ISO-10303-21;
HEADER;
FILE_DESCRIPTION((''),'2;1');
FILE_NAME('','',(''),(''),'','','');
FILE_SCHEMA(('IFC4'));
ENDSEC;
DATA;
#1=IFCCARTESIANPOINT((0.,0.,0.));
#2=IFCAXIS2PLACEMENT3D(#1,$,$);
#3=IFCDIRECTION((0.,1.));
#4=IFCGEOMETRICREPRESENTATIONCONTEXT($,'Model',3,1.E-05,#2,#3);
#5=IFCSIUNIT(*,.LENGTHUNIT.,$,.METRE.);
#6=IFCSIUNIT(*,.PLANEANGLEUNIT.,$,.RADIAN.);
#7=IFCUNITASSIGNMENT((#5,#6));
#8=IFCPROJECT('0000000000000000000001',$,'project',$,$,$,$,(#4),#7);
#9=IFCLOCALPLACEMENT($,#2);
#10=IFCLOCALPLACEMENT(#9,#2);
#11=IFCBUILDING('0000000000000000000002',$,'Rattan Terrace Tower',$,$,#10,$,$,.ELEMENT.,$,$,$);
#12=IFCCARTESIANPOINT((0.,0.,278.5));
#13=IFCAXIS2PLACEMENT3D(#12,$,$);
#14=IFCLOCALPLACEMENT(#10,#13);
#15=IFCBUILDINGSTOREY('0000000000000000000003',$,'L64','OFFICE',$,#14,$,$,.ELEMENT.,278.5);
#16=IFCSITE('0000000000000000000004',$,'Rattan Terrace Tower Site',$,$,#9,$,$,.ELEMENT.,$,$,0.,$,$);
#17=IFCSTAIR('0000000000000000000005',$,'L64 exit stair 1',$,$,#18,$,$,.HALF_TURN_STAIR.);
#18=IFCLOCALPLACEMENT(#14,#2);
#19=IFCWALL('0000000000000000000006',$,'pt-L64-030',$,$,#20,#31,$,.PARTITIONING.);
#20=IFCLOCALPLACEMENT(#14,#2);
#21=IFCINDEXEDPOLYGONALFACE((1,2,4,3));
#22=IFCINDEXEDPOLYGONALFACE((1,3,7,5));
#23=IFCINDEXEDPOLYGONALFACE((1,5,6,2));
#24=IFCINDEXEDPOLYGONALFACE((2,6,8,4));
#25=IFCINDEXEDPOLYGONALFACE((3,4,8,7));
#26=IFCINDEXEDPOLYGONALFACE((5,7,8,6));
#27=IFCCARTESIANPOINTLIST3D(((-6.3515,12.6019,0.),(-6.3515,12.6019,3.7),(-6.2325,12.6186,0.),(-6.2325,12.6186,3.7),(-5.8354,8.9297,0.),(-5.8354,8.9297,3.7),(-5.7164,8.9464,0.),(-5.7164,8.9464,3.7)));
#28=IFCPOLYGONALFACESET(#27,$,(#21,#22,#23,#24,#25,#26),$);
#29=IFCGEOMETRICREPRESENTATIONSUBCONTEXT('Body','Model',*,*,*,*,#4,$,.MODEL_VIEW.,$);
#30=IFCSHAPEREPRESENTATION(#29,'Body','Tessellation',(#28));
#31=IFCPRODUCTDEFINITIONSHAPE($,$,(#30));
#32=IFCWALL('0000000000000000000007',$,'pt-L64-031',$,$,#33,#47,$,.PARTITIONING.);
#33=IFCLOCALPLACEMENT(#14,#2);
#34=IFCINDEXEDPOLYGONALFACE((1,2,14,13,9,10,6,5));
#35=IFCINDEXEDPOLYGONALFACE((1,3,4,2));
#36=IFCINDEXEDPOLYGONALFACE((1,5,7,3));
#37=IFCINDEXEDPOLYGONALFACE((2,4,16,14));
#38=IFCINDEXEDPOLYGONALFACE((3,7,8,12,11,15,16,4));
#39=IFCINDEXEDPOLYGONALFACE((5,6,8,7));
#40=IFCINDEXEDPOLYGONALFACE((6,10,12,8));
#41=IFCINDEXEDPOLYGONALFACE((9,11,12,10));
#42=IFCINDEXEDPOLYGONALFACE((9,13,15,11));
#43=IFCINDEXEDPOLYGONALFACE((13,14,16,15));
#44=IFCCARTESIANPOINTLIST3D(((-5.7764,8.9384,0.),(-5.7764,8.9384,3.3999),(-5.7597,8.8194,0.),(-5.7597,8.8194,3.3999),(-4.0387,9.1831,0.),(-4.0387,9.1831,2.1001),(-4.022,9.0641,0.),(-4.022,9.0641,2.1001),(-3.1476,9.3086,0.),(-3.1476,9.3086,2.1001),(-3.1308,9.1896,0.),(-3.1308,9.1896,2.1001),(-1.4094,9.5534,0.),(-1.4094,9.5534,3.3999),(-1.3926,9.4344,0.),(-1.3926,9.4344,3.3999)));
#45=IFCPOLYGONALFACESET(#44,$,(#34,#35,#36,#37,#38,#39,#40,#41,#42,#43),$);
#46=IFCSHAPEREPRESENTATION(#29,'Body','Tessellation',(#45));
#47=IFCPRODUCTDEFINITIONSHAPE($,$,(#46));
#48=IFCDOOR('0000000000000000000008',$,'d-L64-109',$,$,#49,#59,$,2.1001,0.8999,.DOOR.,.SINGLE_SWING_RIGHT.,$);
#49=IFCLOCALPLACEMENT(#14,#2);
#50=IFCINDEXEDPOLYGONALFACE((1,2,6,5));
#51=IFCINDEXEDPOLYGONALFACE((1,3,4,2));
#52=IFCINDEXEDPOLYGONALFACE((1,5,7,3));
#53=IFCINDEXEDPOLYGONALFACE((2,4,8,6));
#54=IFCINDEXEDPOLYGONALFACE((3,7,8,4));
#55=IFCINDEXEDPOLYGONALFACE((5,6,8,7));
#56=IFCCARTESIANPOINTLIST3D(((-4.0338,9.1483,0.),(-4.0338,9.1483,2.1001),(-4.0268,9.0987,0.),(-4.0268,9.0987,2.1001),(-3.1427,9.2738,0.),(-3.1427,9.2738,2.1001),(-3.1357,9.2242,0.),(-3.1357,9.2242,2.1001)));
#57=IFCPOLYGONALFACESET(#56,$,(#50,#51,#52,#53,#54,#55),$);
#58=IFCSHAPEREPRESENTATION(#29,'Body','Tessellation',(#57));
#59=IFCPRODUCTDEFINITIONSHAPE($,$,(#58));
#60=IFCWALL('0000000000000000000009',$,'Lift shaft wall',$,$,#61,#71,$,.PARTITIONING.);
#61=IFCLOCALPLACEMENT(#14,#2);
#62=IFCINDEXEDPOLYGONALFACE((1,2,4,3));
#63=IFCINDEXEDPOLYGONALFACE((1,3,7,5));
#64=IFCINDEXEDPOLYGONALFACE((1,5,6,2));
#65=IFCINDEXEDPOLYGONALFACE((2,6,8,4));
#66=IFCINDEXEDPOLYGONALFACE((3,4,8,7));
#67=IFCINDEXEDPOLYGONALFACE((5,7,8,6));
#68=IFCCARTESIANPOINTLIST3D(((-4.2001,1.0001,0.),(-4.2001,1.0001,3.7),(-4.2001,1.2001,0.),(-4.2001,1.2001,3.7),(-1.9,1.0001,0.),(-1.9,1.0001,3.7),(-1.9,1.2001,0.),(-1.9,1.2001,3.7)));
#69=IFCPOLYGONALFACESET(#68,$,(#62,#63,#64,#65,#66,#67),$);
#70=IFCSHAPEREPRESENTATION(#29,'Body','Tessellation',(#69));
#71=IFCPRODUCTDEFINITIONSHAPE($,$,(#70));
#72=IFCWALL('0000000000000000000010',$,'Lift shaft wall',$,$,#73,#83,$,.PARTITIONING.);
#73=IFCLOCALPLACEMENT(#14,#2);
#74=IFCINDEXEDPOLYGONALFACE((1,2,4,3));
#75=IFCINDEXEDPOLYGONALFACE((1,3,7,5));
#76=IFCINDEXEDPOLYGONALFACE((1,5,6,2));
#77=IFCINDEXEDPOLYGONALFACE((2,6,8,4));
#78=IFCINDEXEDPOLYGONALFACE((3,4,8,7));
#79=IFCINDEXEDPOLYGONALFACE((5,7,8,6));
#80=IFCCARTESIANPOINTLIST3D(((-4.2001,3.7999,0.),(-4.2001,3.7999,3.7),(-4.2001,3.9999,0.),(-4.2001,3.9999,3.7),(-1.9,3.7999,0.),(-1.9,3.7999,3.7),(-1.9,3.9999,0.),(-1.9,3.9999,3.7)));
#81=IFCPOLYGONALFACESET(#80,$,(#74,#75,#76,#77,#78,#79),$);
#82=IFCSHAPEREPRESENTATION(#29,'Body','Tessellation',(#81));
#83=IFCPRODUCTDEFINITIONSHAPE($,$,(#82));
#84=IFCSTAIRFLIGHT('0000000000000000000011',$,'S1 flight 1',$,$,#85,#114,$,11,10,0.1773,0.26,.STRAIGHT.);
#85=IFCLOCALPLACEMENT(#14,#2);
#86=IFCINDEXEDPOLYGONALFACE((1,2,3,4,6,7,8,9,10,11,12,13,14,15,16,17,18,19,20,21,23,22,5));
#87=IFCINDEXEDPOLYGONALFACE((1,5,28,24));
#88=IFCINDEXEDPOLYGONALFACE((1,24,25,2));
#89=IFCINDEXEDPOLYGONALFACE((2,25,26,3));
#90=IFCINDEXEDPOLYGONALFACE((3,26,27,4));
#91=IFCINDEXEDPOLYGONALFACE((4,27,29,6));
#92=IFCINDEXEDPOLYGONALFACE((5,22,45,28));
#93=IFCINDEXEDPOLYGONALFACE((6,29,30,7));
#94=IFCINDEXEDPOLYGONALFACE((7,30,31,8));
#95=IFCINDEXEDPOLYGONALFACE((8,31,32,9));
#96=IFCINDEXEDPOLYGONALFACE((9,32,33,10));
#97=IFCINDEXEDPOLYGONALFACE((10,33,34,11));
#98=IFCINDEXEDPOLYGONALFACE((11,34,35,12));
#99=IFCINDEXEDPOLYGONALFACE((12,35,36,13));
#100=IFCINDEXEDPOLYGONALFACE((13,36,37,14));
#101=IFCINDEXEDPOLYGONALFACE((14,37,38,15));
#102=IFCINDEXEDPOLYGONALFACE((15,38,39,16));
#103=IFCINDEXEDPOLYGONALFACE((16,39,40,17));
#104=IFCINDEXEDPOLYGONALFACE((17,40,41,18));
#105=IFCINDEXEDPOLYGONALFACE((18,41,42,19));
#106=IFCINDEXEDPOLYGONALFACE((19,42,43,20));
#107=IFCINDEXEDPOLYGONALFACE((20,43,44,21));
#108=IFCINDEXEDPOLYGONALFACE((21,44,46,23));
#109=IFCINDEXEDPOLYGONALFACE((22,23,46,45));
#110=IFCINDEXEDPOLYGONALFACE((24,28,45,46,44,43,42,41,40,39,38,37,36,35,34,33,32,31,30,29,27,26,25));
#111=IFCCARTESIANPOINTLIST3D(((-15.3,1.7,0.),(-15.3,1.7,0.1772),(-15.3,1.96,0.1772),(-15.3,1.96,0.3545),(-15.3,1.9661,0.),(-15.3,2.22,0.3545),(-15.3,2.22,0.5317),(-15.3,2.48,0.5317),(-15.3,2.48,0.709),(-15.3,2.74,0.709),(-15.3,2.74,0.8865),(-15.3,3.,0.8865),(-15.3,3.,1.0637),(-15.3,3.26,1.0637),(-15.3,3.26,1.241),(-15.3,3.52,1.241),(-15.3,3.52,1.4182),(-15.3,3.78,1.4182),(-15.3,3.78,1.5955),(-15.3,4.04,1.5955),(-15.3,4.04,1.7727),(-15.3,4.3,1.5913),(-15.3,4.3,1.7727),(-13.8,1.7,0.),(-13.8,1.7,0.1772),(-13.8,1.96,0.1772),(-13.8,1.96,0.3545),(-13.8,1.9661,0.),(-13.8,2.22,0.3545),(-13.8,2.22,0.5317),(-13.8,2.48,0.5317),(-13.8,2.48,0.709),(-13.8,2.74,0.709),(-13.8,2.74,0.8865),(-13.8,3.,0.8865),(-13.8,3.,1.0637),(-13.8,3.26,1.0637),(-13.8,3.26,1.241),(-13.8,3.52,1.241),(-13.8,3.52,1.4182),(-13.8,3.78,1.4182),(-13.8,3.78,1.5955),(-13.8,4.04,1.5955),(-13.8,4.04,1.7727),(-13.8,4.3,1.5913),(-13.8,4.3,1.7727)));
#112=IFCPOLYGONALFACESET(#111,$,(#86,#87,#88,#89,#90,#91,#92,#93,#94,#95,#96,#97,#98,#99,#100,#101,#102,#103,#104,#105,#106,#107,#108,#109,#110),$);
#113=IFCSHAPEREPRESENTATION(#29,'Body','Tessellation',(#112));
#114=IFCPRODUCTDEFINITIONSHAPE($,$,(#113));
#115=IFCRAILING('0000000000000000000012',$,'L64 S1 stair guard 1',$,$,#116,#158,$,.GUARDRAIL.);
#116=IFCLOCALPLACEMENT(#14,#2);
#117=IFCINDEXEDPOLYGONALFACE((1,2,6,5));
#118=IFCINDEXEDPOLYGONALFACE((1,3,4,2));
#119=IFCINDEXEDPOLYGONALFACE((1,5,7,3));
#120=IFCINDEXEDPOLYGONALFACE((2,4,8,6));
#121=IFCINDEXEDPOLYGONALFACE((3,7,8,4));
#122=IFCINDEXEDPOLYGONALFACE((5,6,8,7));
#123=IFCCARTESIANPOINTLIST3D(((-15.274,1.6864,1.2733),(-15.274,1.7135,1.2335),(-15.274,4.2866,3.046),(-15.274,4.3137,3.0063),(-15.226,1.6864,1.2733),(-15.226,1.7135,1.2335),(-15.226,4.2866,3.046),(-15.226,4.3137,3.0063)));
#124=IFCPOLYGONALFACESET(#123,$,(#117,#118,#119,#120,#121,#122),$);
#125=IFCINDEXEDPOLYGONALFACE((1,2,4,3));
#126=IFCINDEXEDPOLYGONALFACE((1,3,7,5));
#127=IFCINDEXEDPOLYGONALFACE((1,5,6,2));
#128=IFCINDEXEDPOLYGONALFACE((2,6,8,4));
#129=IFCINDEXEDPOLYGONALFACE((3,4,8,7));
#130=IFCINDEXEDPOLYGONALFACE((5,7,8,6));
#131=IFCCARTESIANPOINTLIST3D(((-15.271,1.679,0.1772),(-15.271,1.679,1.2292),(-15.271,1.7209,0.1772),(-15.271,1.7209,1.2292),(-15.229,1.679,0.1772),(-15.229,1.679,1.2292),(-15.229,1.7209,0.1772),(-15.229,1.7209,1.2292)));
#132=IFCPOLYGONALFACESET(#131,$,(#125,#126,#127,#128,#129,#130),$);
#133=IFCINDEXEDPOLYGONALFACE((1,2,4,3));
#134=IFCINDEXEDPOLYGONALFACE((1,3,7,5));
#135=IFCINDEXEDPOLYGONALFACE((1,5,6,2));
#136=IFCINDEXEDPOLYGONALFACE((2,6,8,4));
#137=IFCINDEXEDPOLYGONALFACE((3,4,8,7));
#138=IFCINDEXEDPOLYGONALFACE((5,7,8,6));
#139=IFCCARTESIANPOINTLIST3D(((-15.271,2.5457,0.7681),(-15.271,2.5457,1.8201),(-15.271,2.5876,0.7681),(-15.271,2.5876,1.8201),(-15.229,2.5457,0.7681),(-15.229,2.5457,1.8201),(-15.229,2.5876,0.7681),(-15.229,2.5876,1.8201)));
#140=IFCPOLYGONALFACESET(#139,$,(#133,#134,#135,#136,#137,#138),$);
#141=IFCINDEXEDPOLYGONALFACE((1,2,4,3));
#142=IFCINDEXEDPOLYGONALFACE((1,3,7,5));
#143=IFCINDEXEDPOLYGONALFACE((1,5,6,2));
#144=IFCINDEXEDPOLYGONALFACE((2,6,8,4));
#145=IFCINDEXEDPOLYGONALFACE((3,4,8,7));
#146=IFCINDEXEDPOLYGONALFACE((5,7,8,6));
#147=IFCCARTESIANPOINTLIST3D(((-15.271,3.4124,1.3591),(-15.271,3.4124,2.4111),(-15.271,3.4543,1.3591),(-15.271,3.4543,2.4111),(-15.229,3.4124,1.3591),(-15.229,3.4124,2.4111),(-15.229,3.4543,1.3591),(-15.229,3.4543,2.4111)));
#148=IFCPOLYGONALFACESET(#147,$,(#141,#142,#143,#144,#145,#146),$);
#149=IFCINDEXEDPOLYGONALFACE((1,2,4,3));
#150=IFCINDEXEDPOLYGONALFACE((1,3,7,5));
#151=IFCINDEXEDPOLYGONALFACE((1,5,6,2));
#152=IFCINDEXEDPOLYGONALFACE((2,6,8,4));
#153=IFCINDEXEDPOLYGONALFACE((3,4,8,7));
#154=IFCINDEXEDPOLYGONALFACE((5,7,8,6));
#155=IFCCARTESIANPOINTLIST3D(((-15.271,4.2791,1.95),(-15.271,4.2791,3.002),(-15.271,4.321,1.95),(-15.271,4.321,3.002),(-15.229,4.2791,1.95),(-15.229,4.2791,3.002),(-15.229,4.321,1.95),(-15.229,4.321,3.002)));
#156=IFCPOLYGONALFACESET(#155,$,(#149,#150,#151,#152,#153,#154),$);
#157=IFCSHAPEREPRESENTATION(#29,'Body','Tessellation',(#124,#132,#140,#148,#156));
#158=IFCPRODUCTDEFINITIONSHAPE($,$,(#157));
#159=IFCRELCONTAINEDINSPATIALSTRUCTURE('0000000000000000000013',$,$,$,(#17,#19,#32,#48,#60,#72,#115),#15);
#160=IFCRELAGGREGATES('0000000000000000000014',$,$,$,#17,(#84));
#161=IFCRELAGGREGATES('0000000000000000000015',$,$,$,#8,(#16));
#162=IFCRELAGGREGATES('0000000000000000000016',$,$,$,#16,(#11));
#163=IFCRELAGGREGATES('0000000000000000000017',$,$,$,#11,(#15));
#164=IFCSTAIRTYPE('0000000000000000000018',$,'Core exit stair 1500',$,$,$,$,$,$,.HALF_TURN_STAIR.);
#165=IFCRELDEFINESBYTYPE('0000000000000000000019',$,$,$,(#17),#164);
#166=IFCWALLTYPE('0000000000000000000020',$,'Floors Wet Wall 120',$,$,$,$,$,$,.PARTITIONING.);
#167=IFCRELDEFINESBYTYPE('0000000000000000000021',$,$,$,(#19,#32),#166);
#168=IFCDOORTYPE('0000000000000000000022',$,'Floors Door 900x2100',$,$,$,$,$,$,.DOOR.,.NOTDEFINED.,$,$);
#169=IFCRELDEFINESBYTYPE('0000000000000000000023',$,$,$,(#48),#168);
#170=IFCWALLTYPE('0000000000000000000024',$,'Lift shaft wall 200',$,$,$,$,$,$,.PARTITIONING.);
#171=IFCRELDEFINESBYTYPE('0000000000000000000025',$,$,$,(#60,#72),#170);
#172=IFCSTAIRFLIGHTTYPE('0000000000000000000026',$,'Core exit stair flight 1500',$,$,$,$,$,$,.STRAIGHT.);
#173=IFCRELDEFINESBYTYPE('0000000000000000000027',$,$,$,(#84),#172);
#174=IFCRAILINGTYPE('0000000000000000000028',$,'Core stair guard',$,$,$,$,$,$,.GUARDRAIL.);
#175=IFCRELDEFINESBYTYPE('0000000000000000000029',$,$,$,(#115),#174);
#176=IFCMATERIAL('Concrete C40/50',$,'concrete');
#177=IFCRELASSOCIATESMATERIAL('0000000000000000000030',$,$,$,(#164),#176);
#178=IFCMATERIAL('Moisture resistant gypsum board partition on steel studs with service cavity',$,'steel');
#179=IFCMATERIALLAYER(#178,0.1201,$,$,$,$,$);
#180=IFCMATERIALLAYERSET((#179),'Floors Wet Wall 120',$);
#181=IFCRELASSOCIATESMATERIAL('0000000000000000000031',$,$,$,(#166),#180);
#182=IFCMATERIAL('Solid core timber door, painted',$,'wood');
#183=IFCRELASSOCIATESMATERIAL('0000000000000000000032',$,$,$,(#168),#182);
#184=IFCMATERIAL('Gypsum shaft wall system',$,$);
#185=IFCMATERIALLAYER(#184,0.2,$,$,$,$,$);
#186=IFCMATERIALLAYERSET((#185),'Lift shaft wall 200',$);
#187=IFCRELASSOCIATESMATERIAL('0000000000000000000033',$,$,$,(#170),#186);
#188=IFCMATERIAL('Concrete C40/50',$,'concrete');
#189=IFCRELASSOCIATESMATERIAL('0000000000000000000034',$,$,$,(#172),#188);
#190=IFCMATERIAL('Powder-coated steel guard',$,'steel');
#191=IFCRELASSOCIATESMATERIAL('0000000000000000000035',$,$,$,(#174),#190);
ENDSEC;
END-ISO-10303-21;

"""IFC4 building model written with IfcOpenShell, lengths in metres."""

from ifc_helpers import new_model, si_unit, direction, frame, frame_2d, origin, origin_2d, place, context, subcontext, project, spatial, polyline, rectangle, outline, extrude, material, layer, layer_set, type_object, element, fill, aggregate, save


model = new_model("IFC4")

# Units and contexts
model_context = context("Model", 3, precision=1e-05, world=origin(), true_north=direction((0.0, 1.0)))
body_context = subcontext(model_context, "Body", "Model", "MODEL_VIEW")
ifc_project = project(units=[si_unit("LENGTHUNIT", "METRE"), si_unit("PLANEANGLEUNIT", "RADIAN")], contexts=[model_context])

# Site, building, storey
site_placement = place(None, origin())
site = spatial("IfcSite", under=ifc_project, at=site_placement, Name="Rattan Terrace Tower Site", CompositionType="ELEMENT", RefElevation=0.0)
building_placement = place(site_placement, origin())
building = spatial("IfcBuilding", under=site, at=building_placement, Name="Rattan Terrace Tower", CompositionType="ELEMENT")
storey_placement = place(building_placement, frame((0.0, 0.0, 278.5)))
storey = spatial("IfcBuildingStorey", under=building, at=storey_placement, Name="L64", Description="OFFICE", CompositionType="ELEMENT", Elevation=278.5)

# Stair
ifc_material_1 = material(Name="Concrete C40/50", Category="concrete")
stair_type = type_object("IfcStairType", Name="Core exit stair 1500", PredefinedType="HALF_TURN_STAIR", material=ifc_material_1)
stair_1_placement = place(storey_placement, origin())
stair_1 = element("IfcStair", 1, at=stair_1_placement, inside=storey, type_object=stair_type, Name="L64 exit stair 1", PredefinedType="HALF_TURN_STAIR")

# Wall
ifc_material_2 = material(Name="Moisture resistant gypsum board partition on steel studs with service cavity", Category="steel")
ifc_layer_1 = layer(ifc_material_2, 0.1201)
ifc_layer_set_1 = layer_set([ifc_layer_1], Name="Floors Wet Wall 120")
wall_type_1 = type_object("IfcWallType", Name="Floors Wet Wall 120", PredefinedType="PARTITIONING", material=ifc_layer_set_1)
wall_1_placement = place(storey_placement, frame((-6.292, 12.6101, 0.0), z_axis=(0.0, 0.0, 1.0), x_axis=(0.139181, -0.990267, 0.0)))
element("IfcWall", 2, at=wall_1_placement, inside=storey, type_object=wall_type_1, Name="pt-L64-030", PredefinedType="PARTITIONING", context=body_context, shape_type="SweptSolid", body=[
    extrude(rectangle(XDim=3.7083, YDim=0.1201, at=frame_2d((1.854, 0.0))), origin(), (0.0, 0.0, 1.0), 3.7),
])

# Wall, opening, door
wall_2_placement = place(storey_placement, frame((-5.7681, 8.8789, 0.0), z_axis=(0.0, 0.0, 1.0), x_axis=(0.99023, 0.139445, 0.0)))
wall_2 = element("IfcWall", 3, at=wall_2_placement, inside=storey, type_object=wall_type_1, Name="pt-L64-031", PredefinedType="PARTITIONING", context=body_context, shape_type="SweptSolid", body=[
    extrude(rectangle(XDim=4.4102, YDim=0.1201, at=frame_2d((2.2051, 0.0))), origin(), (0.0, 0.0, 1.0), 3.3999),
])
opening_placement = place(wall_2_placement, frame((1.7549, 0.0, 0.0)))
opening = element("IfcOpeningElement", 4, at=opening_placement, cuts=wall_2, PredefinedType="OPENING", context=body_context, shape_type="SweptSolid", body=[
    extrude(rectangle(XDim=0.8999, YDim=2.1001, at=frame_2d((0.45, 1.05))), frame((0.0, 0.0706, 0.0), z_axis=(0.0, -1.0, 0.0), x_axis=(1.0, 0.0, 0.0)), (0.0, 0.0, 1.0), 0.1411),
])
ifc_material_3 = material(Name="Solid core timber door, painted", Category="wood")
door_type = type_object("IfcDoorType", Name="Floors Door 900x2100", OperationType="NOTDEFINED", PredefinedType="DOOR", material=ifc_material_3)
door_placement = place(opening_placement, origin())
door = element("IfcDoor", 5, at=door_placement, inside=storey, type_object=door_type, Name="d-L64-109", OperationType="SINGLE_SWING_RIGHT", OverallHeight=2.1001, OverallWidth=0.8999, PredefinedType="DOOR", context=body_context, shape_type="SweptSolid", body=[
    extrude(rectangle(XDim=0.8999, YDim=2.1001, at=frame_2d((0.45, 1.05))), frame((0.0, 0.0249, 0.0), z_axis=(0.0, -1.0, 0.0), x_axis=(1.0, 0.0, 0.0)), (0.0, 0.0, 1.0), 0.05),
])
fill(opening, door)

# Walls
ifc_material_4 = material(Name="Gypsum shaft wall system")
ifc_layer_2 = layer(ifc_material_4, 0.2)
ifc_layer_set_2 = layer_set([ifc_layer_2], Name="Lift shaft wall 200")
wall_type_2 = type_object("IfcWallType", Name="Lift shaft wall 200", PredefinedType="PARTITIONING", material=ifc_layer_set_2)
for number, where, z_axis, x_axis, name in (
    (6, (-4.2, 1.1001, 0.0), (0.0, 0.0, 1.0), (1.0, 0.0, 0.0), "Lift shaft wall"),
    (7, (-4.2, 3.8999, 0.0), (0.0, 0.0, 1.0), (1.0, 0.0, 0.0), "Lift shaft wall"),
):
    element("IfcWall", number, at=place(storey_placement, frame(where, z_axis=z_axis, x_axis=x_axis)), inside=storey, type_object=wall_type_2, Name=name, PredefinedType="PARTITIONING", context=body_context, shape_type="SweptSolid", body=[
        extrude(rectangle(XDim=2.3, YDim=0.2, at=frame_2d((1.1499, 0.0))), origin(), (0.0, 0.0, 1.0), 3.7),
    ])

# Stair flight
ifc_material_5 = material(Name="Concrete C40/50", Category="concrete")
stair_flight_type = type_object("IfcStairFlightType", Name="Core exit stair flight 1500", PredefinedType="STRAIGHT", material=ifc_material_5)
stair_flight_placement = place(storey_placement, frame((-14.55, 1.7, 0.0), z_axis=(0.0, 0.0, 1.0), x_axis=(0.0, 1.0, 0.0)))
stair_flight = element("IfcStairFlight", 8, at=stair_flight_placement, type_object=stair_flight_type, Name="S1 flight 1", NumberOfRisers=11, NumberOfTreads=10, PredefinedType="STRAIGHT", RiserHeight=0.1773, TreadLength=0.26, context=body_context, shape_type="SweptSolid", body=[
    extrude(outline(polyline([(0.0, 0.0), (0.0, 0.1772), (0.26, 0.1772), (0.26, 0.3545), (0.52, 0.3545), (0.52, 0.5317), (0.78, 0.5317), (0.78, 0.709), (1.04, 0.709), (1.04, 0.8865), (1.3, 0.8865), (1.3, 1.0637), (1.5601, 1.0637), (1.5601, 1.241), (1.8201, 1.241), (1.8201, 1.4182), (2.0801, 1.4182), (2.0801, 1.5955), (2.3401, 1.5955), (2.3401, 1.7727), (2.6001, 1.7727), (2.6001, 1.95), (2.6001, 1.5913), (0.2661, 0.0), (0.0, 0.0)])), frame((0.0, 0.75, 0.0), z_axis=(0.0, -1.0, 0.0), x_axis=(1.0, 0.0, 0.0)), (0.0, 0.0, 1.0), 1.5),
])
aggregate(stair_1, [stair_flight])

# Railing
ifc_material_6 = material(Name="Powder-coated steel guard", Category="steel")
railing_type_1 = type_object("IfcRailingType", Name="Core stair guard", PredefinedType="GUARDRAIL", material=ifc_material_6)
railing_1_placement = place(storey_placement, frame((-15.25, 1.7, 0.1772)))
element("IfcRailing", 9, at=railing_1_placement, inside=storey, type_object=railing_type_1, Name="L64 S1 stair guard 1", PredefinedType="GUARDRAIL", context=body_context, shape_type="SweptSolid", body=[
    extrude(rectangle(XDim=0.0481, YDim=0.0481, at=origin_2d()), frame((0.0, 0.0, 1.0762), z_axis=(0.0, 0.82624, 0.563318), x_axis=(-1.0, 0.0, 0.0)), (0.0, 0.0, 1.0), 3.147),
    extrude(rectangle(XDim=0.042, YDim=0.042, at=origin_2d()), origin(), (0.0, 0.0, 1.0), 1.052),
    extrude(rectangle(XDim=0.042, YDim=0.042, at=origin_2d()), frame((0.0, 0.8667, 0.5908)), (0.0, 0.0, 1.0), 1.052),
    extrude(rectangle(XDim=0.042, YDim=0.042, at=origin_2d()), frame((0.0, 1.7334, 1.1819)), (0.0, 0.0, 1.0), 1.052),
    extrude(rectangle(XDim=0.042, YDim=0.042, at=origin_2d()), frame((0.0, 2.6001, 1.7727)), (0.0, 0.0, 1.0), 1.052),
])

save(model, "model.ifc")
